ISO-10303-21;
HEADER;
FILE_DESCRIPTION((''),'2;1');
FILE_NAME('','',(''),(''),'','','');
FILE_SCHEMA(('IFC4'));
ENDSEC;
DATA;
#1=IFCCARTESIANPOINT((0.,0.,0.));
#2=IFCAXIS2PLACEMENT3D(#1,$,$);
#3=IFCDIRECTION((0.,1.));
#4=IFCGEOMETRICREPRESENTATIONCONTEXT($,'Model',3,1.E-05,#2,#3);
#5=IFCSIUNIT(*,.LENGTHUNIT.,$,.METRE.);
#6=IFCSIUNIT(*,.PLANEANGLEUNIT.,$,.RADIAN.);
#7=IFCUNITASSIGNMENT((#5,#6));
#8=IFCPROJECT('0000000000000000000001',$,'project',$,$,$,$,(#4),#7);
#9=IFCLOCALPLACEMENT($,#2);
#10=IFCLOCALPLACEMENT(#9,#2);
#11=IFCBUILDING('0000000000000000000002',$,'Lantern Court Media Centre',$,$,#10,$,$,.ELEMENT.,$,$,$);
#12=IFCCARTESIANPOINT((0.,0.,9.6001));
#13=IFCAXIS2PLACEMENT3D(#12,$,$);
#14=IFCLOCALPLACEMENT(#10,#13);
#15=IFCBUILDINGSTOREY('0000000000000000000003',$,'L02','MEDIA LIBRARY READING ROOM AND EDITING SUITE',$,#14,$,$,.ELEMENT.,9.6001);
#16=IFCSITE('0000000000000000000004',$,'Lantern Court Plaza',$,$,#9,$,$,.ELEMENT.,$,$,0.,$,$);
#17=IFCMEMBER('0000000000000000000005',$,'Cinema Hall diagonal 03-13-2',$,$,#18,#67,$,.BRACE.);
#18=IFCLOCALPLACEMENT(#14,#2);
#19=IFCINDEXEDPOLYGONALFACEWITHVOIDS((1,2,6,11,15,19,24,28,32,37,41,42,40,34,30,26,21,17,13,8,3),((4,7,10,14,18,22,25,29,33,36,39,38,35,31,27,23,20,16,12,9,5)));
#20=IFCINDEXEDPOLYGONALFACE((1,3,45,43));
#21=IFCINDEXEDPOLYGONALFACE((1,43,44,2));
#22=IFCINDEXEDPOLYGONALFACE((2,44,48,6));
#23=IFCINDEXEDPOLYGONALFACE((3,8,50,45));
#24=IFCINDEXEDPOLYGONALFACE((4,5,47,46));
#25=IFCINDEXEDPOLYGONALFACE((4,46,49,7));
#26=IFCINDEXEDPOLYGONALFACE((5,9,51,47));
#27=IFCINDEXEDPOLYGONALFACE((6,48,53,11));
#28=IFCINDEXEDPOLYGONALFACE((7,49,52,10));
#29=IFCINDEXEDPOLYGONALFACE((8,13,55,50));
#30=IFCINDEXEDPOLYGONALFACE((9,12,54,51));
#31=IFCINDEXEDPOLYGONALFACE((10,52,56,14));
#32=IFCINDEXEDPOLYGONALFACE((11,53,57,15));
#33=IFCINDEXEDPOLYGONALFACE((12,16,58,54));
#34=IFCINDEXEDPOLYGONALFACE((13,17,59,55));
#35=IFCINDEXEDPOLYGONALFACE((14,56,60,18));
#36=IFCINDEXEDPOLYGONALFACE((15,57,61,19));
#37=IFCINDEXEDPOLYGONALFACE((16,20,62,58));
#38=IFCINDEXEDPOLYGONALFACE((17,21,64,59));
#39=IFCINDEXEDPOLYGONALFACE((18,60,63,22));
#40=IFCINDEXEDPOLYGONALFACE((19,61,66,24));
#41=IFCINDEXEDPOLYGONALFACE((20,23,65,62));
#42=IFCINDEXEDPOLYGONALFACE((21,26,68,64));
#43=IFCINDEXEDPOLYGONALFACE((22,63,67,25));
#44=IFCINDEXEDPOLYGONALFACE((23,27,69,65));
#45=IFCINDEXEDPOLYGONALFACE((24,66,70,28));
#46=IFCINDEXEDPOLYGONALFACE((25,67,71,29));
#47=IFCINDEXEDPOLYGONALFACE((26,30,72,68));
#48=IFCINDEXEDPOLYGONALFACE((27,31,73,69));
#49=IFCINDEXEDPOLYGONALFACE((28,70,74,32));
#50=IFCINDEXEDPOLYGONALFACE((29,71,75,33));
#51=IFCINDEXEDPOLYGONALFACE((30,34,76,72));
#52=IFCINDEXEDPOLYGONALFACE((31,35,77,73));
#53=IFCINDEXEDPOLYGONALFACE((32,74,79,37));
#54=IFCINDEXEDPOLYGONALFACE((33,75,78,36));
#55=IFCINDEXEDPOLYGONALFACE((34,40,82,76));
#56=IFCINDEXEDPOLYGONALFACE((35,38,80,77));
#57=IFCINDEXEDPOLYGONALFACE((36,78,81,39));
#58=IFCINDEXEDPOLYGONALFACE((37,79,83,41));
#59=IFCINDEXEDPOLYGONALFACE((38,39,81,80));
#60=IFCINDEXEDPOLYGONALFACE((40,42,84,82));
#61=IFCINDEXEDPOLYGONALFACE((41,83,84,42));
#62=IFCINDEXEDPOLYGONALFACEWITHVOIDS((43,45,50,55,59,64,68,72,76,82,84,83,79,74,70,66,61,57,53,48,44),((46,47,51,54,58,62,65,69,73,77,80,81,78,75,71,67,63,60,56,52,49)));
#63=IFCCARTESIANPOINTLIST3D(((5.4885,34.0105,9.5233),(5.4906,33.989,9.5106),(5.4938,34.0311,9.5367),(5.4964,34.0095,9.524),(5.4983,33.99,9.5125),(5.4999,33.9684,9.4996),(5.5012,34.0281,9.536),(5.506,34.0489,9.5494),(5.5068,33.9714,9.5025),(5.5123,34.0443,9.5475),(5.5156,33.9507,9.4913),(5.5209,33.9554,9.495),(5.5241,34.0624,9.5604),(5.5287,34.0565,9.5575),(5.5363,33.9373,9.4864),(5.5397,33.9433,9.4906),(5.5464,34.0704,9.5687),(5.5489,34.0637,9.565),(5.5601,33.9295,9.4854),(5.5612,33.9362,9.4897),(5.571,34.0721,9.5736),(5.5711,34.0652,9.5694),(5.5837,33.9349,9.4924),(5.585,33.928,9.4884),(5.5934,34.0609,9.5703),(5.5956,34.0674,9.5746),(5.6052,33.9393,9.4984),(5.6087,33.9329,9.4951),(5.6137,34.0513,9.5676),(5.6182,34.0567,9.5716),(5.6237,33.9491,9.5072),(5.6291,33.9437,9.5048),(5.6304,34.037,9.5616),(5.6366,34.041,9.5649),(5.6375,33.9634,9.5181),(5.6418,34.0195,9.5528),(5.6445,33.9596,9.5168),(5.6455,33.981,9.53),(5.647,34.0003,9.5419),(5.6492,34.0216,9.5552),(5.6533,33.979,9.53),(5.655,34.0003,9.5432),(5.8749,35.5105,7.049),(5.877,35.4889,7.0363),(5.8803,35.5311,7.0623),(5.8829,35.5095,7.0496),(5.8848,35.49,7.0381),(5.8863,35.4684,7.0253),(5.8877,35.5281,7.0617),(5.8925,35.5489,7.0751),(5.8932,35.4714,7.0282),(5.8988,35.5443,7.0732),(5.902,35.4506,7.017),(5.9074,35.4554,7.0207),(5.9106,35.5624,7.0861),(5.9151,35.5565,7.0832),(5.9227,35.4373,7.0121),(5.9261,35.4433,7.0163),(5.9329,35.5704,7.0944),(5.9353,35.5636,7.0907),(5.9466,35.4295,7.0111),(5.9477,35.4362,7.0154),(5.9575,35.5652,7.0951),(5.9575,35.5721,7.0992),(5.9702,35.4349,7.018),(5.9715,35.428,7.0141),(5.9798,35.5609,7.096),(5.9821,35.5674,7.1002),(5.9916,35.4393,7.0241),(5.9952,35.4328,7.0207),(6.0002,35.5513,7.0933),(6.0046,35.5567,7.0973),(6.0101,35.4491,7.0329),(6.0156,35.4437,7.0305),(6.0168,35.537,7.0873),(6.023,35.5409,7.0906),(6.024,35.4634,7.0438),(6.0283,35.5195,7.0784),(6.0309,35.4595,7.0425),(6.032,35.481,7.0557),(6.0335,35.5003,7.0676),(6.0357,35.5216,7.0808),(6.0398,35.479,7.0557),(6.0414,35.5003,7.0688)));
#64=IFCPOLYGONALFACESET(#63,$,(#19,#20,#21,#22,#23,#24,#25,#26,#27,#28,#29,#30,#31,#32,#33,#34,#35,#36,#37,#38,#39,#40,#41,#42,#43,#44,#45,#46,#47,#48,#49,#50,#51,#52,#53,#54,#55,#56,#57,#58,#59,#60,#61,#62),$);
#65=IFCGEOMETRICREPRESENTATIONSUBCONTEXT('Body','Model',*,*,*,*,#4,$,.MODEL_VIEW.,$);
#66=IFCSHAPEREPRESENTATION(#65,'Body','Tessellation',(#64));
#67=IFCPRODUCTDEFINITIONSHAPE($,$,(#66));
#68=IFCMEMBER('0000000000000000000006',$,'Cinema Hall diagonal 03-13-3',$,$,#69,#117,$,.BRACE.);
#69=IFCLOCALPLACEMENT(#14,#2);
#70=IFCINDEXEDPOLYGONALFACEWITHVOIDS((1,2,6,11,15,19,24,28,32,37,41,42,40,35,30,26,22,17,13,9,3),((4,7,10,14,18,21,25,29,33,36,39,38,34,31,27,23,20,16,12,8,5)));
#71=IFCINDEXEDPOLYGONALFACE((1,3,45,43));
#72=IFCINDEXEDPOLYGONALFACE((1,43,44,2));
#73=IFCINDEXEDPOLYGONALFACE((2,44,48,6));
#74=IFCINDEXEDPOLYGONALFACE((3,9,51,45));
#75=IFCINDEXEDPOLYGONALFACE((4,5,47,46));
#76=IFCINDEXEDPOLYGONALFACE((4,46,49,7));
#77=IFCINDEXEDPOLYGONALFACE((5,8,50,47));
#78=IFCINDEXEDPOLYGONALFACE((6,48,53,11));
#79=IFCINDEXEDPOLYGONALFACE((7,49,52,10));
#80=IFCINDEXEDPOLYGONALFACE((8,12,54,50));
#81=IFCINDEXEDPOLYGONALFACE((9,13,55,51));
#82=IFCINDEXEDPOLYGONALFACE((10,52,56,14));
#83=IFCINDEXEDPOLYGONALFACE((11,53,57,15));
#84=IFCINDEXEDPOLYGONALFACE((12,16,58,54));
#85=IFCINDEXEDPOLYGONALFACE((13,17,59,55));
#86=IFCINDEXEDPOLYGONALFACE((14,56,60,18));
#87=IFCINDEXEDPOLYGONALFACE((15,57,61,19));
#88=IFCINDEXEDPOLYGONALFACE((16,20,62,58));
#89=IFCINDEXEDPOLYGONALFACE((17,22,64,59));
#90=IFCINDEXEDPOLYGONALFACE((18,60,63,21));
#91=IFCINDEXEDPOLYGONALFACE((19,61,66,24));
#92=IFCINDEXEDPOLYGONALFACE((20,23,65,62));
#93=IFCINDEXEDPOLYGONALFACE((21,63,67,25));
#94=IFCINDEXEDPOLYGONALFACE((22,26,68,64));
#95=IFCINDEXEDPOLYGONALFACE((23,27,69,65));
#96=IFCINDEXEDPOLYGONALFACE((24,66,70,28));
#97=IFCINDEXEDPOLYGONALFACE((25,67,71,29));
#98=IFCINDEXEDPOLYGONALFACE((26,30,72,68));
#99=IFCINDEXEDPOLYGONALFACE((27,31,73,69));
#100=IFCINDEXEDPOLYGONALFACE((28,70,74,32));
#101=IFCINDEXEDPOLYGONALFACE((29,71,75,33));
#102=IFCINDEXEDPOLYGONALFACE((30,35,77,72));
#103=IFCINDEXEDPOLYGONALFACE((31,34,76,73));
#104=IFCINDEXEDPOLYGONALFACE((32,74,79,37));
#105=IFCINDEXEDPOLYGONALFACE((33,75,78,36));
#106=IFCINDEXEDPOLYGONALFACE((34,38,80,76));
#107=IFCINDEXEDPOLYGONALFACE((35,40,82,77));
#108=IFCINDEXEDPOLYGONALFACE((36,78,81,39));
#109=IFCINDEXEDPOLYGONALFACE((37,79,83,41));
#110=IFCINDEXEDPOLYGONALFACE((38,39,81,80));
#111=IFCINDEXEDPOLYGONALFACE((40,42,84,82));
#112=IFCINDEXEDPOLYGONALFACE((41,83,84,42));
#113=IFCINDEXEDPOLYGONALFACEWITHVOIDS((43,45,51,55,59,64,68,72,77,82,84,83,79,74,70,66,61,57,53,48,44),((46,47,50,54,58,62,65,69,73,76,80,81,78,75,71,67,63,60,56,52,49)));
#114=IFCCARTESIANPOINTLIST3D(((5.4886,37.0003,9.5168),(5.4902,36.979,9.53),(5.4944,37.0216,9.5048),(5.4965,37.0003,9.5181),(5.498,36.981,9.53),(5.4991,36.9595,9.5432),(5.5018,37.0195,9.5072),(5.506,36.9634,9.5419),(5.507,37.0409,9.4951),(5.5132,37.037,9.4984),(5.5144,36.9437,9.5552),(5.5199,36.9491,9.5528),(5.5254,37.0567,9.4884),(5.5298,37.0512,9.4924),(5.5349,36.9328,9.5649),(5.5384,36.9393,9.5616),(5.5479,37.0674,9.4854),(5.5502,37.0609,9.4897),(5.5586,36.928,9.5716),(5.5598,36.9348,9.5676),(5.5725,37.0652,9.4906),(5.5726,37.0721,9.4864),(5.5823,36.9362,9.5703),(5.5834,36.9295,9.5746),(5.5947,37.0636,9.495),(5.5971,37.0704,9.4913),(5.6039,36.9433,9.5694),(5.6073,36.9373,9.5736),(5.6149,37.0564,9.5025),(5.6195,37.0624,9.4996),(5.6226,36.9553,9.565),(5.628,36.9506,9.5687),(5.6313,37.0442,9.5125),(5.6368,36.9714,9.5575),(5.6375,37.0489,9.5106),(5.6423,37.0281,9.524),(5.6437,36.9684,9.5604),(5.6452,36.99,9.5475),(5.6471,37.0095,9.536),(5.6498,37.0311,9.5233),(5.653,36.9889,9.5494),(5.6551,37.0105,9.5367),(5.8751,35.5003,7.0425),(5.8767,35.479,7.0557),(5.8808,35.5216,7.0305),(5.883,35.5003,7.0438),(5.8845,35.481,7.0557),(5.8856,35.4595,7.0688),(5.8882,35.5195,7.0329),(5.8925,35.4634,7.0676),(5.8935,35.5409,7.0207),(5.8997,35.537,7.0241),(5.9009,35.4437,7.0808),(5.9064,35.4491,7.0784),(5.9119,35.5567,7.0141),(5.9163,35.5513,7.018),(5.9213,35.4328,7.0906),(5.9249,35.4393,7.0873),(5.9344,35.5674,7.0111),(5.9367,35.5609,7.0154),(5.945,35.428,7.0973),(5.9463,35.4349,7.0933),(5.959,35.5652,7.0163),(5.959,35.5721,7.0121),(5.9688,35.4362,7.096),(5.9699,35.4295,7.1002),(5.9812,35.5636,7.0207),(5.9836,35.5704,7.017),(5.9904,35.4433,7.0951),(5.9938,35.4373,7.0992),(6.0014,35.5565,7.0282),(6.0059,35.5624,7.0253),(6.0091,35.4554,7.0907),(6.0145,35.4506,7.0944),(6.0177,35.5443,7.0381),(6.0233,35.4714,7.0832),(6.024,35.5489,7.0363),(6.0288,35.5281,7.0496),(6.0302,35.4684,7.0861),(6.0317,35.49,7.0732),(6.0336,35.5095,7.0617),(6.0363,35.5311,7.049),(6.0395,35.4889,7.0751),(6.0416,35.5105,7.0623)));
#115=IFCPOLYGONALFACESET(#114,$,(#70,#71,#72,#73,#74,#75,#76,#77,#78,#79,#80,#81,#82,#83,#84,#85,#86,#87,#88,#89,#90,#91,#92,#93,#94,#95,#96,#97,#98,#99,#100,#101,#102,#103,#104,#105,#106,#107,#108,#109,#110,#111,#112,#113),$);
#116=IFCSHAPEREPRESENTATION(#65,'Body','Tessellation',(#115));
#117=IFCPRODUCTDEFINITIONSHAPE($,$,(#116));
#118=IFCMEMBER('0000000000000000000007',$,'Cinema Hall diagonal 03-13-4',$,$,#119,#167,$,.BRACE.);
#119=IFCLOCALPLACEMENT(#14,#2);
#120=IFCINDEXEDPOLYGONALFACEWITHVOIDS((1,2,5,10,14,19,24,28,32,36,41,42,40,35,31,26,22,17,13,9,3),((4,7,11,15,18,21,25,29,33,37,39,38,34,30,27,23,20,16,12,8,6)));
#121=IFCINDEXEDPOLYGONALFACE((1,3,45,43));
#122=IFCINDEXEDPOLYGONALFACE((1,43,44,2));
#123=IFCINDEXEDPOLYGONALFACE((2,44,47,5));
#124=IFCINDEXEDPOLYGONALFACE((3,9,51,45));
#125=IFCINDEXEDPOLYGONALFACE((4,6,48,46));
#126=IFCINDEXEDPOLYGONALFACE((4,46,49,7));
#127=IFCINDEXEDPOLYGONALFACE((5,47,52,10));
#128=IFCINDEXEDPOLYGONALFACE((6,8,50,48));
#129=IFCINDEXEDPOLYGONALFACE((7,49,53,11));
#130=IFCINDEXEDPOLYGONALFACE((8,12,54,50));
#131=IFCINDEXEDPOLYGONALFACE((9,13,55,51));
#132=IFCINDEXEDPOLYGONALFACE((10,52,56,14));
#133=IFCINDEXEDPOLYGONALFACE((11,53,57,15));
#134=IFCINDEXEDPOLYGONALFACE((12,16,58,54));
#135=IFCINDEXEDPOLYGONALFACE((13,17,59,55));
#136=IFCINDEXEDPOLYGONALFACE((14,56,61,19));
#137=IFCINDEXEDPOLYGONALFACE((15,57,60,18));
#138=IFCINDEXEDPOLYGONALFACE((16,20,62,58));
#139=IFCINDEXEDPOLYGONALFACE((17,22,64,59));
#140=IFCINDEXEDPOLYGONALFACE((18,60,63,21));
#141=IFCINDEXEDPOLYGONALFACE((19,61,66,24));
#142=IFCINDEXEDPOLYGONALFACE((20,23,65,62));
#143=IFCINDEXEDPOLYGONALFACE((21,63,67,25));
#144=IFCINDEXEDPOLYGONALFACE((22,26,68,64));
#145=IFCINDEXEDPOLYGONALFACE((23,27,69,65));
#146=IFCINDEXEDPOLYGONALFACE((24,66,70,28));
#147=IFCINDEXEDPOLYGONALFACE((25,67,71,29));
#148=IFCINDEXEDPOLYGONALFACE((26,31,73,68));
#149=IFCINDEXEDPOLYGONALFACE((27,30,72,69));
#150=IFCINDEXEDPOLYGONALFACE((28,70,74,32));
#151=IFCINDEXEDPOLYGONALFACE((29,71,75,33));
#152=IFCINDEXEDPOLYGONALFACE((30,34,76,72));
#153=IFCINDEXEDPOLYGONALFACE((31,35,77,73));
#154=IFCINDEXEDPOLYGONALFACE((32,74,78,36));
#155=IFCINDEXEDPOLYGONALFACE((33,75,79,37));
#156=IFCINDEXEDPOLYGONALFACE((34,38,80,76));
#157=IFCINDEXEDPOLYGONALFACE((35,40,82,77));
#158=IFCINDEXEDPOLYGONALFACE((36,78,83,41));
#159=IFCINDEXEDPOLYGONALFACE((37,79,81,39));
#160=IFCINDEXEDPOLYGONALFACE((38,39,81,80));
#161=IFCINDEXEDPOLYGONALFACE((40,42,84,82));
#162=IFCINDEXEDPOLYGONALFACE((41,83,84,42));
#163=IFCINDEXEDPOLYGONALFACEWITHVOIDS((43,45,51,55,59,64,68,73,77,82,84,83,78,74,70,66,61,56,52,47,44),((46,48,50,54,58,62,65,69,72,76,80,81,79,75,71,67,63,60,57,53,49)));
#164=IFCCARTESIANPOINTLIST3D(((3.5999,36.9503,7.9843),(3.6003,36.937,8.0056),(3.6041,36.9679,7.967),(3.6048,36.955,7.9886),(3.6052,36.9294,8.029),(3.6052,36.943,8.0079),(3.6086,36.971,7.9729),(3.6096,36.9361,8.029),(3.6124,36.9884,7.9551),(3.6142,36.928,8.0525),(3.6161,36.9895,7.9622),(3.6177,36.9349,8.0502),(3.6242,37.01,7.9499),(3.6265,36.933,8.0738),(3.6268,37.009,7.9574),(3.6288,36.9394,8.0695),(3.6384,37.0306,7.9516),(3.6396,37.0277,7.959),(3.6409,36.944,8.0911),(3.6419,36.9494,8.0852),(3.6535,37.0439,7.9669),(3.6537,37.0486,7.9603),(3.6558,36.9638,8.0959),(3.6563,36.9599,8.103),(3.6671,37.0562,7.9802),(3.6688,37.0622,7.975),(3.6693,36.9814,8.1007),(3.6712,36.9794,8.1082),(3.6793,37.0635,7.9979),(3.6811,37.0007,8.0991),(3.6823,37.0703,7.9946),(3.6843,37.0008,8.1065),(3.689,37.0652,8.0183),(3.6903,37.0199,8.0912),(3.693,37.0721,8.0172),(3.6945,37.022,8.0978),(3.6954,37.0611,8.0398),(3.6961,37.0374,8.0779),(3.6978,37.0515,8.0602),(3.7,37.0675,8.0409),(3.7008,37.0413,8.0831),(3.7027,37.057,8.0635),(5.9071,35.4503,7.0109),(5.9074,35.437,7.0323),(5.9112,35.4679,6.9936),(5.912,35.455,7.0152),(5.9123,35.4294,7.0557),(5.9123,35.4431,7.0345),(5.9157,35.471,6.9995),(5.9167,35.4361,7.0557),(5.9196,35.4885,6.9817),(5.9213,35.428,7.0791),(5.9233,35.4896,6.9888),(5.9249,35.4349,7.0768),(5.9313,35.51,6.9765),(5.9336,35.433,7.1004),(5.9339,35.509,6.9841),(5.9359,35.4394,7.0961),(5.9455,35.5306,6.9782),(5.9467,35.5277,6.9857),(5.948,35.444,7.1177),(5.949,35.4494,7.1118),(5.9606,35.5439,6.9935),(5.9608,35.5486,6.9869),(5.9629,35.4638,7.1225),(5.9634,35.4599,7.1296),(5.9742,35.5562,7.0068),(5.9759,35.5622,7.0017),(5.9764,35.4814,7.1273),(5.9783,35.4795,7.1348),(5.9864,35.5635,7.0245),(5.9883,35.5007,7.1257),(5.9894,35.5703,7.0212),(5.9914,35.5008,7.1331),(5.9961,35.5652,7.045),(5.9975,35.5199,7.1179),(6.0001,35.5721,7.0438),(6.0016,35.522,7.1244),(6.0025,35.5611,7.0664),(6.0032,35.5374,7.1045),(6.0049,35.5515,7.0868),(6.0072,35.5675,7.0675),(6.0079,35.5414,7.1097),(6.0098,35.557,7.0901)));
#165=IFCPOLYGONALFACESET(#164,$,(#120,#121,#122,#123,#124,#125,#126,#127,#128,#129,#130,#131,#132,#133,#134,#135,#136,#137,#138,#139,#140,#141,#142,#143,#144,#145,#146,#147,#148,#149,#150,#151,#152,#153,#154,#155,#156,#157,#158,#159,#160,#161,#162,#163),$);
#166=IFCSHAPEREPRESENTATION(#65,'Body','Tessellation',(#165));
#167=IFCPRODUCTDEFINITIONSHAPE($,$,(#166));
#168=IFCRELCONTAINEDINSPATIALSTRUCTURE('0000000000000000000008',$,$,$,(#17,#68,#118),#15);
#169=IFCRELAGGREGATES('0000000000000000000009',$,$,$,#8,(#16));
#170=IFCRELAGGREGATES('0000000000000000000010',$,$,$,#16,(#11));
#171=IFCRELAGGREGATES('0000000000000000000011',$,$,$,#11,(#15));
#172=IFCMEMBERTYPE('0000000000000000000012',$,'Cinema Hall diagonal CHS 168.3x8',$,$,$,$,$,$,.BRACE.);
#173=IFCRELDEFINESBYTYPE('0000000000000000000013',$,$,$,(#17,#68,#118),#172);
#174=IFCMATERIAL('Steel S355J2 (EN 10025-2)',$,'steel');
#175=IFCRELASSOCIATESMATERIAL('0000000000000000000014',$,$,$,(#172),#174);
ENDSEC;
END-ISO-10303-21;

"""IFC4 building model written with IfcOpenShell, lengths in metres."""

from ifc_helpers import new_model, si_unit, direction, frame, origin, origin_2d, place, context, subcontext, project, spatial, hollow_circle, extrude, material, material_profile, profile_set, type_object, element, save


model = new_model("IFC4")

# Units and contexts
model_context = context("Model", 3, precision=1e-05, world=origin(), true_north=direction((0.0, 1.0)))
body_context = subcontext(model_context, "Body", "Model", "MODEL_VIEW")
ifc_project = project(units=[si_unit("LENGTHUNIT", "METRE"), si_unit("PLANEANGLEUNIT", "RADIAN")], contexts=[model_context])

# Site, building, storey
site_placement = place(None, origin())
site = spatial("IfcSite", under=ifc_project, at=site_placement, Name="Lantern Court Plaza", CompositionType="ELEMENT", RefElevation=0.0)
building_placement = place(site_placement, origin())
building = spatial("IfcBuilding", under=site, at=building_placement, Name="Lantern Court Media Centre", CompositionType="ELEMENT")
storey_placement = place(building_placement, frame((0.0, 0.0, 9.6001)))
storey = spatial("IfcBuildingStorey", under=building, at=storey_placement, Name="L02", Description="MEDIA LIBRARY READING ROOM AND EDITING SUITE", CompositionType="ELEMENT", Elevation=9.6001)

# Members
ifc_material = material(Name="Steel S355J2 (EN 10025-2)", Category="steel")
ifc_material_profile_1 = material_profile(ifc_material, hollow_circle(Radius=0.0842, WallThickness=0.0081, at=origin_2d()), Name="Cinema Hall diagonal CHS 168.3x8")
ifc_profile_set_1 = profile_set([ifc_material_profile_1], Name="Steel S355J2 (EN 10025-2)")
member_type_1 = type_object("IfcMemberType", Name="Cinema Hall diagonal CHS 168.3x8", PredefinedType="BRACE", material=ifc_profile_set_1)
for number, where, z_axis, x_axis, name in (
    (1, (5.9583, 35.5, 7.0557), (-0.13239, -0.513836, 0.847612), (0.968374, -0.249501, 0.0), "Cinema Hall diagonal 03-13-2"),
    (2, (5.9583, 35.5, 7.0557), (-0.13239, 0.513836, 0.847612), (-0.968374, -0.249501, 0.0), "Cinema Hall diagonal 03-13-3"),
):
    element("IfcMember", number, at=place(storey_placement, frame(where, z_axis=z_axis, x_axis=x_axis)), inside=storey, type_object=member_type_1, Name=name, PredefinedType="BRACE", context=body_context, shape_type="SweptSolid", body=[
        extrude(hollow_circle(Radius=0.0842, WallThickness=0.0081, at=origin_2d()), origin(), (0.0, 0.0, 1.0), 2.9192),
    ])
member_1_placement = place(storey_placement, frame((5.9583, 35.5, 7.0557), z_axis=(-0.790394, 0.513882, 0.333471), x_axis=(-0.545082, -0.838383, 0.0)))
element("IfcMember", 3, at=member_1_placement, inside=storey, type_object=member_type_1, Name="Cinema Hall diagonal 03-13-4", PredefinedType="BRACE", context=body_context, shape_type="SweptSolid", body=[
    extrude(hollow_circle(Radius=0.0842, WallThickness=0.0081, at=origin_2d()), origin(), (0.0, 0.0, 1.0), 2.9189),
])

save(model, "model.ifc")
